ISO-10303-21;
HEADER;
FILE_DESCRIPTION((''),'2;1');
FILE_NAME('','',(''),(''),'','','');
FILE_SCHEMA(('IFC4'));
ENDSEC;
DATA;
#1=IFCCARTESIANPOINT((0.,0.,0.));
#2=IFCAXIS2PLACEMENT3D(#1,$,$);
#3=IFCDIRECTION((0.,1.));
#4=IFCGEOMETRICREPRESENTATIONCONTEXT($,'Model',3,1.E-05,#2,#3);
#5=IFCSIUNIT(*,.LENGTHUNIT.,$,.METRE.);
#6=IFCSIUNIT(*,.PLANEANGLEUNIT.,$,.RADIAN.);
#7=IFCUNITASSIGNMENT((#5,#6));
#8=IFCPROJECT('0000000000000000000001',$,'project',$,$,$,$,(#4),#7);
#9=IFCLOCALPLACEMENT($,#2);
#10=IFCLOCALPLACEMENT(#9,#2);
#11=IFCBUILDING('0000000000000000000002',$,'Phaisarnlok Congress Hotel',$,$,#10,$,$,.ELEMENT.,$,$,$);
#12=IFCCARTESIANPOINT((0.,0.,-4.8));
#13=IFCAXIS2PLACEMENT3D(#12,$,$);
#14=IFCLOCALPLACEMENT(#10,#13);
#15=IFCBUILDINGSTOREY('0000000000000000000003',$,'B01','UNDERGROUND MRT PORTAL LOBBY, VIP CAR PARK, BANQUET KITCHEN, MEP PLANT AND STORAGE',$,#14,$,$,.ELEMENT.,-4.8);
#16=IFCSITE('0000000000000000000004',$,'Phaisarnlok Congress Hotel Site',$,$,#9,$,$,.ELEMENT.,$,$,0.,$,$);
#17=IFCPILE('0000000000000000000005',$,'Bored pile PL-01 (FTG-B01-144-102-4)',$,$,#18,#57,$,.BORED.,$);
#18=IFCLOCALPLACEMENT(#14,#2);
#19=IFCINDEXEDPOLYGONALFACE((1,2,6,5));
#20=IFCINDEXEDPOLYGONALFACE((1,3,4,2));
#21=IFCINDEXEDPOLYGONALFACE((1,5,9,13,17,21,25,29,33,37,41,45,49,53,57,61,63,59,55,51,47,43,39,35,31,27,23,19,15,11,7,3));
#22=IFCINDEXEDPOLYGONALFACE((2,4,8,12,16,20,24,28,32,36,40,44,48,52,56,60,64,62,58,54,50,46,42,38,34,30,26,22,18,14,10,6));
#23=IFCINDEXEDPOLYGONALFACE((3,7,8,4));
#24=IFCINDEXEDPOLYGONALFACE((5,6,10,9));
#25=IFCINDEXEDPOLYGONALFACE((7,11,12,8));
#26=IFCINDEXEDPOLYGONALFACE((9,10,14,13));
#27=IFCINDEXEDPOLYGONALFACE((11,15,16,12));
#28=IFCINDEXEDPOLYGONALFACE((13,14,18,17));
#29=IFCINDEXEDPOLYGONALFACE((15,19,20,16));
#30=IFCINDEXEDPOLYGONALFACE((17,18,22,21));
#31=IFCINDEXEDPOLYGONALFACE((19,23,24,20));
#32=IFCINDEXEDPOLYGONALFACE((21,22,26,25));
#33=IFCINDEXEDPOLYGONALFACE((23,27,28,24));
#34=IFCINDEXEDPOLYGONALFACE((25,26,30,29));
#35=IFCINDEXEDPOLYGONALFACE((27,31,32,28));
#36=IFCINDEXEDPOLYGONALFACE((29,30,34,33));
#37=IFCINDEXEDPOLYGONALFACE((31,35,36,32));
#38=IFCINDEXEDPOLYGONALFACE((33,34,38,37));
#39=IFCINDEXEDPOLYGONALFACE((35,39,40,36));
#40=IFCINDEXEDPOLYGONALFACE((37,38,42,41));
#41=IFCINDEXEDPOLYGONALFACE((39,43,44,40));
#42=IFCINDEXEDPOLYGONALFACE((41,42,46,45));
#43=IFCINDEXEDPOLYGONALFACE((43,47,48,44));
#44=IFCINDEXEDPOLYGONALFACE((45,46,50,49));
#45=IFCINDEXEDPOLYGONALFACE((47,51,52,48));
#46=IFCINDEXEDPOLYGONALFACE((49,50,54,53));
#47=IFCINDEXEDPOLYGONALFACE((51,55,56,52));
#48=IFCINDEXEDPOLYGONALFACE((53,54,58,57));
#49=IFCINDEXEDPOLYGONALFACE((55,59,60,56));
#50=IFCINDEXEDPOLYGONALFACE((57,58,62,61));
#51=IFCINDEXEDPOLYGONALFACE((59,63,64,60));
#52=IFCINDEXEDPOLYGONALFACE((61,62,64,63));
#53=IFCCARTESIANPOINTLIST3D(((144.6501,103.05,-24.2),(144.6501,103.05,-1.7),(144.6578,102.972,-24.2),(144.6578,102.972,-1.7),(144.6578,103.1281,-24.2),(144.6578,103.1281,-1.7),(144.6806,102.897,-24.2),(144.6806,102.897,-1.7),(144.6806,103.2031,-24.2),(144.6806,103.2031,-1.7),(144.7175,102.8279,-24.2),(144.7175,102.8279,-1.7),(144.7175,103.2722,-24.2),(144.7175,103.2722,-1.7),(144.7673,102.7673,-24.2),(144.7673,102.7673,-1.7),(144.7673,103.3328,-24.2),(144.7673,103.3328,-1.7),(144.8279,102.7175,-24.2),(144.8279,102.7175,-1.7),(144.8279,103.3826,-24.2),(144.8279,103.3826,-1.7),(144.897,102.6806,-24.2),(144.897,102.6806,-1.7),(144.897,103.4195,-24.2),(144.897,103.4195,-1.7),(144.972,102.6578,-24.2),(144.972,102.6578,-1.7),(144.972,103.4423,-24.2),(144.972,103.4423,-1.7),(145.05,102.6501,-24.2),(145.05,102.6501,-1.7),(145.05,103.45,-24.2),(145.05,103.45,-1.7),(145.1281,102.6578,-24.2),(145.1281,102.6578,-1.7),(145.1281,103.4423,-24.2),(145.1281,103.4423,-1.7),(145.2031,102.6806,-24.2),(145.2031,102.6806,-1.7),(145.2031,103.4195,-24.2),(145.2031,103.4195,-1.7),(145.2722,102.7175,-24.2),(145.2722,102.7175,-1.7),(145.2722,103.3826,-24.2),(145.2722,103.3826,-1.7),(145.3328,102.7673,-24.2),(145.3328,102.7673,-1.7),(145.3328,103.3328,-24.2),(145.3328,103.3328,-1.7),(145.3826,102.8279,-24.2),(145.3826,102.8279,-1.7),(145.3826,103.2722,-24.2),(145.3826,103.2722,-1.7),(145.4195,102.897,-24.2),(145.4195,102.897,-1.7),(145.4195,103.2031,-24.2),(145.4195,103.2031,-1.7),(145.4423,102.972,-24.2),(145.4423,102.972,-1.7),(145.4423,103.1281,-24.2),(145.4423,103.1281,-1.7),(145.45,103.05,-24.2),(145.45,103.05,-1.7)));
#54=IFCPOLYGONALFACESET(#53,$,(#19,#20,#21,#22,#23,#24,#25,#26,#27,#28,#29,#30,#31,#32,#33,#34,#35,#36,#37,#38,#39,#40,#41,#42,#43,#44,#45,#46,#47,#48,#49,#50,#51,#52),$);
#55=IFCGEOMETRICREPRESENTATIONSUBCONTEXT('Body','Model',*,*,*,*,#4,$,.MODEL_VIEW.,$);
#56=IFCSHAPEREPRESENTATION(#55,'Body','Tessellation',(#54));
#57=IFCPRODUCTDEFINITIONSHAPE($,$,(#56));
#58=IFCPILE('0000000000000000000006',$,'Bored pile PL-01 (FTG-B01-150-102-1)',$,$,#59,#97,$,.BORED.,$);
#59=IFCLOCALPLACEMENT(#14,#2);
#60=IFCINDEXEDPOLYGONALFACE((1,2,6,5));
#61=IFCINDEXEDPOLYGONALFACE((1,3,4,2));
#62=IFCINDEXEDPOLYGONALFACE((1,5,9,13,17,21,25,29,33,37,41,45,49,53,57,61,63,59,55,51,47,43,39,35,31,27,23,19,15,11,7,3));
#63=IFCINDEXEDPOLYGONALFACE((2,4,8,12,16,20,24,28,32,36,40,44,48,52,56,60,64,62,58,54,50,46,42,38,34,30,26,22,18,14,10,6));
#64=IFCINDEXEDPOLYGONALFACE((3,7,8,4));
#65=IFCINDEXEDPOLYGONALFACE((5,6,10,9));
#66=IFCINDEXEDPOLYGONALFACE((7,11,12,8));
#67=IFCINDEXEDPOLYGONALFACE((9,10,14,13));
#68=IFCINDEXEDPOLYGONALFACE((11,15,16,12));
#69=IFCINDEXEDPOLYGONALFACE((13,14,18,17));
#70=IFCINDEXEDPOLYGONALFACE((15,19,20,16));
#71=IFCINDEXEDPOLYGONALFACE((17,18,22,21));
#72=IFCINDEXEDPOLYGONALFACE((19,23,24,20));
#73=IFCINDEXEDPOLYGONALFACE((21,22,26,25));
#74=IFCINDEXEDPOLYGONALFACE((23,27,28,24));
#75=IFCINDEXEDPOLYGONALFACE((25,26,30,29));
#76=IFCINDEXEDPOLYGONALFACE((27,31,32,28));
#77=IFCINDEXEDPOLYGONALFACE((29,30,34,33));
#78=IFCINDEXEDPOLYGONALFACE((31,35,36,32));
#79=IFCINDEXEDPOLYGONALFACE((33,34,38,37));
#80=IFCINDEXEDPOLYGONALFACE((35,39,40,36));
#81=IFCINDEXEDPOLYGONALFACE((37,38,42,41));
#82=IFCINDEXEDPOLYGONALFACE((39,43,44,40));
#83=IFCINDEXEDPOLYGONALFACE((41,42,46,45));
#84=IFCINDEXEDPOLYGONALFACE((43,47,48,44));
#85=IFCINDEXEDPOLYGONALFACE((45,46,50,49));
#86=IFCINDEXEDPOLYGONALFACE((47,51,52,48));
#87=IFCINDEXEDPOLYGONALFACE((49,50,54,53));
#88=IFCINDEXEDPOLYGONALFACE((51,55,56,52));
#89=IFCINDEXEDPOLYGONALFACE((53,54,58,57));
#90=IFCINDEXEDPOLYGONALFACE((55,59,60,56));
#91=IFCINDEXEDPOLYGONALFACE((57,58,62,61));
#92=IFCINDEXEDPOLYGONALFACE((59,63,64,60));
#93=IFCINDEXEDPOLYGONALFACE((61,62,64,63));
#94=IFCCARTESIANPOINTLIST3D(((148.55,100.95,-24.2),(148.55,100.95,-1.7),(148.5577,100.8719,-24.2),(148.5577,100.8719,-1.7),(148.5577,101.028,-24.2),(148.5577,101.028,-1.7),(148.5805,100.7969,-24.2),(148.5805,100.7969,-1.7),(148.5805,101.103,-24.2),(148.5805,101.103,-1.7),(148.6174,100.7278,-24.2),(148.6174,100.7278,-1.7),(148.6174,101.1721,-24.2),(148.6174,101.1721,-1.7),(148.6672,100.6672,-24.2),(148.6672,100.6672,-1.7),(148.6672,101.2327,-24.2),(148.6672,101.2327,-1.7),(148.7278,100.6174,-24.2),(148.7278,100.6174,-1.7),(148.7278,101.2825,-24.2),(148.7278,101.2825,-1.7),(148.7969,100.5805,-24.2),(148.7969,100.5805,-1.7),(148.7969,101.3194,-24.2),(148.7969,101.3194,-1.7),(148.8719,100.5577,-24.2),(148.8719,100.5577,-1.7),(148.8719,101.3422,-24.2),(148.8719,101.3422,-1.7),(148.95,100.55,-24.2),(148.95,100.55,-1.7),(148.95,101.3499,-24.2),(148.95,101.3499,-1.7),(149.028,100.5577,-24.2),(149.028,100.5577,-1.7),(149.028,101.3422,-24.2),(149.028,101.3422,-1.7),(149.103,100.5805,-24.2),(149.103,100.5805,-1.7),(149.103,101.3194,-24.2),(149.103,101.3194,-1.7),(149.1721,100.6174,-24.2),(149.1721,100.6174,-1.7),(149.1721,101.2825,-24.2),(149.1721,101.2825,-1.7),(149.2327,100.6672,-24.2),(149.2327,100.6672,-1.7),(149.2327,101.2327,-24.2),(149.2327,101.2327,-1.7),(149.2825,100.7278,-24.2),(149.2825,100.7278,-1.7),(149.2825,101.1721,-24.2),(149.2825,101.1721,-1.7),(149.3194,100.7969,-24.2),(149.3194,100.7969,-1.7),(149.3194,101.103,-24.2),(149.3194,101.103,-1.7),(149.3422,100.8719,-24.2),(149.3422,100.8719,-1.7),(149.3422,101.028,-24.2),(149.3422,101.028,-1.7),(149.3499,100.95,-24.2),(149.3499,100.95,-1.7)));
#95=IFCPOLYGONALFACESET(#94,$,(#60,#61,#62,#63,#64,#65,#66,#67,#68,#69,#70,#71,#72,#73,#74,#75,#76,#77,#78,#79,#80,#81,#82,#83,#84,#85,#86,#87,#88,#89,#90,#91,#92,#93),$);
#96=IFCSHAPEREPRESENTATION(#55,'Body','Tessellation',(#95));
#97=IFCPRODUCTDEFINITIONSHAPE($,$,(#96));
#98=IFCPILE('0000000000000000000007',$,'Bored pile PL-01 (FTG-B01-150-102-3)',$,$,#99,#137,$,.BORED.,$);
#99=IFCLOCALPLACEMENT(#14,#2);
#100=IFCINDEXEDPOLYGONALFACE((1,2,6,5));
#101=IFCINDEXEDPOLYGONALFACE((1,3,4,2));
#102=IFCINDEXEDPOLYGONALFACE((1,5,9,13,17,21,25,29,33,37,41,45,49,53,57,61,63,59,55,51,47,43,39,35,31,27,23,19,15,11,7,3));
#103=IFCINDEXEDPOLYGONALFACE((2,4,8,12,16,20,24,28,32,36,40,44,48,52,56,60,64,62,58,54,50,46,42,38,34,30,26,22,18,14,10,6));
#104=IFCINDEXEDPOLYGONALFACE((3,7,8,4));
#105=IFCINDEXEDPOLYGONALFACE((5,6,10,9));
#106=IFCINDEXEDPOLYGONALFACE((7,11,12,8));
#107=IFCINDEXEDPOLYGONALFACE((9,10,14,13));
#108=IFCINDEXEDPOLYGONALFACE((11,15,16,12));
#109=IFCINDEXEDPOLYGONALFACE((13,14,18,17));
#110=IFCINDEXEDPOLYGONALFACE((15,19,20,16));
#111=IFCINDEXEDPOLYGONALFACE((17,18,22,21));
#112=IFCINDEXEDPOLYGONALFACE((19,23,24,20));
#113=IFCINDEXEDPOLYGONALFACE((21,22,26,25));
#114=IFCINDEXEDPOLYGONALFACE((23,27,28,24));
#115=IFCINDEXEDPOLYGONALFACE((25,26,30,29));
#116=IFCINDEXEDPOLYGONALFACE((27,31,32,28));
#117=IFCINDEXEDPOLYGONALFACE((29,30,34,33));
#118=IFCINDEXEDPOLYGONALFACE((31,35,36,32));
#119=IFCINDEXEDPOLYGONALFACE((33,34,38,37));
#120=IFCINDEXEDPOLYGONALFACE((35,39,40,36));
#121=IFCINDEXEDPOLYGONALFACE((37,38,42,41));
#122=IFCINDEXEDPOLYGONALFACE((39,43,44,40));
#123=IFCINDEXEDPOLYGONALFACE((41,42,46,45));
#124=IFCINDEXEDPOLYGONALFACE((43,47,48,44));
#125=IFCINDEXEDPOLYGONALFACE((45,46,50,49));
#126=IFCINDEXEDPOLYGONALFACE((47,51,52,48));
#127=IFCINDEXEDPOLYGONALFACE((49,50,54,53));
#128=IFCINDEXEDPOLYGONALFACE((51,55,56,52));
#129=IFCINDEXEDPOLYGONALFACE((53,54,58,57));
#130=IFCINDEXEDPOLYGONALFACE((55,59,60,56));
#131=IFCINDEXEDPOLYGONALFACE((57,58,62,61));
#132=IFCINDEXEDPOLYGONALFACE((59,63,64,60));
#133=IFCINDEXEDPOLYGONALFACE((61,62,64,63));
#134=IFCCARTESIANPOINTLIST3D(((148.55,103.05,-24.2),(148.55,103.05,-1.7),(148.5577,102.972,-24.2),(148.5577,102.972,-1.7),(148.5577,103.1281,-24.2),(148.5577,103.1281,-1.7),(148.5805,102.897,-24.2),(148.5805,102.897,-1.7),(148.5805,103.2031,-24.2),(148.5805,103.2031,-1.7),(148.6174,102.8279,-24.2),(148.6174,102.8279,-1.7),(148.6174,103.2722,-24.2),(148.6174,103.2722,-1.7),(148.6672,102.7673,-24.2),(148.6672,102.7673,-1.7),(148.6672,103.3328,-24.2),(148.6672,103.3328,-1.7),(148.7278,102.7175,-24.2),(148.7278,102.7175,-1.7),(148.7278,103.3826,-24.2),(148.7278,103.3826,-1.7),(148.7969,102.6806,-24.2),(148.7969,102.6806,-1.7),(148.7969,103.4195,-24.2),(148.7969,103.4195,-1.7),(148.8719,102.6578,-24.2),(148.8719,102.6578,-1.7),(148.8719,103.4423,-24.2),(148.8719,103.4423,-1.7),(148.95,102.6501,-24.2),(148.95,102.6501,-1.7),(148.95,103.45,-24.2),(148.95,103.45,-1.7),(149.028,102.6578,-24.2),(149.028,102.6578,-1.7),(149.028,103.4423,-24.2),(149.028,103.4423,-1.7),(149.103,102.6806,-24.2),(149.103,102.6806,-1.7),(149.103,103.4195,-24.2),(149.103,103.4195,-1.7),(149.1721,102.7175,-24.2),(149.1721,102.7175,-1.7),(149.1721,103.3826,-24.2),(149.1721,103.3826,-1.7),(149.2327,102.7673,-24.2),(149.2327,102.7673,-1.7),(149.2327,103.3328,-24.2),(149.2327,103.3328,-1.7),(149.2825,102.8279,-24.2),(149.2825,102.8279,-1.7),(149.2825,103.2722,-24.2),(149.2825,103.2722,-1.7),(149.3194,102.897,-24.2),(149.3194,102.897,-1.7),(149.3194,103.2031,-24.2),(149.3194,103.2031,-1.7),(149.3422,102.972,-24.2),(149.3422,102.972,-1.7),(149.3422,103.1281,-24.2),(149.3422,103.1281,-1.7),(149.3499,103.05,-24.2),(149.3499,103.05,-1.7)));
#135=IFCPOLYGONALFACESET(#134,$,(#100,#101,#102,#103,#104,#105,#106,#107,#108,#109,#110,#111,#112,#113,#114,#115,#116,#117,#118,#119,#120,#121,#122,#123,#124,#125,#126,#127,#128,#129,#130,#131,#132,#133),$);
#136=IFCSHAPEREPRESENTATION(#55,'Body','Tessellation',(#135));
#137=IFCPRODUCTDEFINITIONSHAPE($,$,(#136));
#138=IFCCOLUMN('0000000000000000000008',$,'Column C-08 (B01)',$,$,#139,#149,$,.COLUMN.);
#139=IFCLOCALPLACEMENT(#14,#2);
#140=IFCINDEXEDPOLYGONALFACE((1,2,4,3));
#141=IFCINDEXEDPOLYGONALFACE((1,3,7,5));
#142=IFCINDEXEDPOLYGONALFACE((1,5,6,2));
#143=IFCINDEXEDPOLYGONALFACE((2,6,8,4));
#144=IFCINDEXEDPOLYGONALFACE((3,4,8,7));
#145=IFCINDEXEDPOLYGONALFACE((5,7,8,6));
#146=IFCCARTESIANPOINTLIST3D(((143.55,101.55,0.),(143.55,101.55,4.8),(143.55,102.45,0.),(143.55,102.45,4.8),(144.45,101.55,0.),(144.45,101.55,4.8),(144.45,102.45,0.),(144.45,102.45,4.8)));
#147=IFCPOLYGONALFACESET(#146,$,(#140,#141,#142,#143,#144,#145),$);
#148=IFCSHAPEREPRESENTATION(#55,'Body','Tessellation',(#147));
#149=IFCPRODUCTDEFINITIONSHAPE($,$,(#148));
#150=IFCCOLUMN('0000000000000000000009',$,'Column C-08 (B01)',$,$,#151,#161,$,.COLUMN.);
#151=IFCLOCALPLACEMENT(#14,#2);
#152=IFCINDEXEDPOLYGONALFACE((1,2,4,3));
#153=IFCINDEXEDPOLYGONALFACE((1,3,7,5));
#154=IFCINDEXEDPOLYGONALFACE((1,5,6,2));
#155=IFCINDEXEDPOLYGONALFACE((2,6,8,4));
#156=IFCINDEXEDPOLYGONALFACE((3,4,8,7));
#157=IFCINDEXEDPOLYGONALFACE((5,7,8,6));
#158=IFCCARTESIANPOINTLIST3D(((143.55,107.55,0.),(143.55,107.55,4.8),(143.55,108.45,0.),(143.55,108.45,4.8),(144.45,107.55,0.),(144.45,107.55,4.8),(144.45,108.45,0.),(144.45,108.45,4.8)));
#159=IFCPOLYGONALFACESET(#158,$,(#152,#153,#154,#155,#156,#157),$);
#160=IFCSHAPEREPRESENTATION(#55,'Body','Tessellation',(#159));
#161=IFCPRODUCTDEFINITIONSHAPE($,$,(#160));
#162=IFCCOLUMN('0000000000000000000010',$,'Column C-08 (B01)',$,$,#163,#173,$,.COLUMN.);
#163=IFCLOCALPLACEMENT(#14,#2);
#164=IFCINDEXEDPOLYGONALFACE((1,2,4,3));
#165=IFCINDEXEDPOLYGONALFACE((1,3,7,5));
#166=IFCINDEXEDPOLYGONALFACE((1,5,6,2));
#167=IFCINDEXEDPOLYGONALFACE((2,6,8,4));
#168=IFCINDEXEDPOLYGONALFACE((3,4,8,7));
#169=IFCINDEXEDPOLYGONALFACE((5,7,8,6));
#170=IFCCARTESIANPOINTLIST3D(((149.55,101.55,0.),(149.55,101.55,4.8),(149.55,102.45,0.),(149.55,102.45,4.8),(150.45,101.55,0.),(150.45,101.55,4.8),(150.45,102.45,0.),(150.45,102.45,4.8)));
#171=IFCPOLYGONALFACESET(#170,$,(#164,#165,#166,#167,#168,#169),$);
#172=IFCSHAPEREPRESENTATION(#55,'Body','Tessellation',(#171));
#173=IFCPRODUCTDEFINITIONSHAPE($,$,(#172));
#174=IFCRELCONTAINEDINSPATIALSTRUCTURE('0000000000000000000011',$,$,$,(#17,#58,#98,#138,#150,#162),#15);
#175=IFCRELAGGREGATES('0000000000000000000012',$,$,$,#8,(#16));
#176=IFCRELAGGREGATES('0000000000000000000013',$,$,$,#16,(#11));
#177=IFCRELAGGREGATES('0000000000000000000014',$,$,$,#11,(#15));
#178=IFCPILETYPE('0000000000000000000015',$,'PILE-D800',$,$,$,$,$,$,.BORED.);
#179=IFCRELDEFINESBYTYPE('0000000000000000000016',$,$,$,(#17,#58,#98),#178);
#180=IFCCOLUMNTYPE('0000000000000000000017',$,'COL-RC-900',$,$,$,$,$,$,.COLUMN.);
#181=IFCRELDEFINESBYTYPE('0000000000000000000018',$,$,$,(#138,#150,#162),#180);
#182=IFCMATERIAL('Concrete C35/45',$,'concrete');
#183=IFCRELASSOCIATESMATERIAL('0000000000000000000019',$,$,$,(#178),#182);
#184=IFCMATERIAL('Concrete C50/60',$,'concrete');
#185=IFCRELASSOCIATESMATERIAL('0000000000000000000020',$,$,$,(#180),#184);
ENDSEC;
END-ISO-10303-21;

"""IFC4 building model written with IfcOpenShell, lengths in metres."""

from ifc_helpers import new_model, si_unit, direction, frame, origin, origin_2d, place, context, subcontext, project, spatial, rectangle, circle, extrude, material, material_profile, profile_set, type_object, element, save


model = new_model("IFC4")

# Units and contexts
model_context = context("Model", 3, precision=1e-05, world=origin(), true_north=direction((0.0, 1.0)))
body_context = subcontext(model_context, "Body", "Model", "MODEL_VIEW")
ifc_project = project(units=[si_unit("LENGTHUNIT", "METRE"), si_unit("PLANEANGLEUNIT", "RADIAN")], contexts=[model_context])

# Site, building, storey
site_placement = place(None, origin())
site = spatial("IfcSite", under=ifc_project, at=site_placement, Name="Phaisarnlok Congress Hotel Site", CompositionType="ELEMENT", RefElevation=0.0)
building_placement = place(site_placement, origin())
building = spatial("IfcBuilding", under=site, at=building_placement, Name="Phaisarnlok Congress Hotel", CompositionType="ELEMENT")
storey_placement = place(building_placement, frame((0.0, 0.0, -4.8)))
storey = spatial("IfcBuildingStorey", under=building, at=storey_placement, Name="B01", Description="UNDERGROUND MRT PORTAL LOBBY, VIP CAR PARK, BANQUET KITCHEN, MEP PLANT AND STORAGE", CompositionType="ELEMENT", Elevation=-4.8)

# Piles
ifc_material_1 = material(Name="Concrete C35/45", Category="concrete")
ifc_material_profile_1 = material_profile(ifc_material_1, circle(Radius=0.3999, at=origin_2d()), Name="BORED PILE D800")
ifc_profile_set_1 = profile_set([ifc_material_profile_1], Name="Concrete C35/45")
pile_type = type_object("IfcPileType", Name="PILE-D800", PredefinedType="BORED", material=ifc_profile_set_1)
for number, where, z_axis, x_axis, name in (
    (1, (145.05, 103.05, -1.7), (0.0, 0.0, -1.0), (1.0, 0.0, 0.0), "Bored pile PL-01 (FTG-B01-144-102-4)"),
    (2, (148.95, 100.95, -1.7), (0.0, 0.0, -1.0), (1.0, 0.0, 0.0), "Bored pile PL-01 (FTG-B01-150-102-1)"),
    (3, (148.95, 103.05, -1.7), (0.0, 0.0, -1.0), (1.0, 0.0, 0.0), "Bored pile PL-01 (FTG-B01-150-102-3)"),
):
    element("IfcPile", number, at=place(storey_placement, frame(where, z_axis=z_axis, x_axis=x_axis)), inside=storey, type_object=pile_type, Name=name, PredefinedType="BORED", context=body_context, shape_type="SweptSolid", body=[
        extrude(circle(Radius=0.3999, at=origin_2d()), origin(), (0.0, 0.0, 1.0), 22.5),
    ])

# Columns
ifc_material_2 = material(Name="Concrete C50/60", Category="concrete")
ifc_material_profile_2 = material_profile(ifc_material_2, rectangle(XDim=0.8999, YDim=0.8999, at=origin_2d()), Name="RC 900x900")
ifc_profile_set_2 = profile_set([ifc_material_profile_2], Name="Concrete C50/60")
column_type = type_object("IfcColumnType", Name="COL-RC-900", PredefinedType="COLUMN", material=ifc_profile_set_2)
for number, where, z_axis, x_axis, name in (
    (4, (144.0, 102.0, 0.0), (0.0, 0.0, 1.0), (1.0, 0.0, 0.0), "Column C-08 (B01)"),
    (5, (144.0, 108.0, 0.0), (0.0, 0.0, 1.0), (1.0, 0.0, 0.0), "Column C-08 (B01)"),
    (6, (150.0, 102.0, 0.0), (0.0, 0.0, 1.0), (1.0, 0.0, 0.0), "Column C-08 (B01)"),
):
    element("IfcColumn", number, at=place(storey_placement, frame(where, z_axis=z_axis, x_axis=x_axis)), inside=storey, type_object=column_type, Name=name, PredefinedType="COLUMN", context=body_context, shape_type="SweptSolid", body=[
        extrude(rectangle(XDim=0.8999, YDim=0.8999, at=origin_2d()), origin(), (0.0, 0.0, 1.0), 4.8),
    ])

save(model, "model.ifc")
